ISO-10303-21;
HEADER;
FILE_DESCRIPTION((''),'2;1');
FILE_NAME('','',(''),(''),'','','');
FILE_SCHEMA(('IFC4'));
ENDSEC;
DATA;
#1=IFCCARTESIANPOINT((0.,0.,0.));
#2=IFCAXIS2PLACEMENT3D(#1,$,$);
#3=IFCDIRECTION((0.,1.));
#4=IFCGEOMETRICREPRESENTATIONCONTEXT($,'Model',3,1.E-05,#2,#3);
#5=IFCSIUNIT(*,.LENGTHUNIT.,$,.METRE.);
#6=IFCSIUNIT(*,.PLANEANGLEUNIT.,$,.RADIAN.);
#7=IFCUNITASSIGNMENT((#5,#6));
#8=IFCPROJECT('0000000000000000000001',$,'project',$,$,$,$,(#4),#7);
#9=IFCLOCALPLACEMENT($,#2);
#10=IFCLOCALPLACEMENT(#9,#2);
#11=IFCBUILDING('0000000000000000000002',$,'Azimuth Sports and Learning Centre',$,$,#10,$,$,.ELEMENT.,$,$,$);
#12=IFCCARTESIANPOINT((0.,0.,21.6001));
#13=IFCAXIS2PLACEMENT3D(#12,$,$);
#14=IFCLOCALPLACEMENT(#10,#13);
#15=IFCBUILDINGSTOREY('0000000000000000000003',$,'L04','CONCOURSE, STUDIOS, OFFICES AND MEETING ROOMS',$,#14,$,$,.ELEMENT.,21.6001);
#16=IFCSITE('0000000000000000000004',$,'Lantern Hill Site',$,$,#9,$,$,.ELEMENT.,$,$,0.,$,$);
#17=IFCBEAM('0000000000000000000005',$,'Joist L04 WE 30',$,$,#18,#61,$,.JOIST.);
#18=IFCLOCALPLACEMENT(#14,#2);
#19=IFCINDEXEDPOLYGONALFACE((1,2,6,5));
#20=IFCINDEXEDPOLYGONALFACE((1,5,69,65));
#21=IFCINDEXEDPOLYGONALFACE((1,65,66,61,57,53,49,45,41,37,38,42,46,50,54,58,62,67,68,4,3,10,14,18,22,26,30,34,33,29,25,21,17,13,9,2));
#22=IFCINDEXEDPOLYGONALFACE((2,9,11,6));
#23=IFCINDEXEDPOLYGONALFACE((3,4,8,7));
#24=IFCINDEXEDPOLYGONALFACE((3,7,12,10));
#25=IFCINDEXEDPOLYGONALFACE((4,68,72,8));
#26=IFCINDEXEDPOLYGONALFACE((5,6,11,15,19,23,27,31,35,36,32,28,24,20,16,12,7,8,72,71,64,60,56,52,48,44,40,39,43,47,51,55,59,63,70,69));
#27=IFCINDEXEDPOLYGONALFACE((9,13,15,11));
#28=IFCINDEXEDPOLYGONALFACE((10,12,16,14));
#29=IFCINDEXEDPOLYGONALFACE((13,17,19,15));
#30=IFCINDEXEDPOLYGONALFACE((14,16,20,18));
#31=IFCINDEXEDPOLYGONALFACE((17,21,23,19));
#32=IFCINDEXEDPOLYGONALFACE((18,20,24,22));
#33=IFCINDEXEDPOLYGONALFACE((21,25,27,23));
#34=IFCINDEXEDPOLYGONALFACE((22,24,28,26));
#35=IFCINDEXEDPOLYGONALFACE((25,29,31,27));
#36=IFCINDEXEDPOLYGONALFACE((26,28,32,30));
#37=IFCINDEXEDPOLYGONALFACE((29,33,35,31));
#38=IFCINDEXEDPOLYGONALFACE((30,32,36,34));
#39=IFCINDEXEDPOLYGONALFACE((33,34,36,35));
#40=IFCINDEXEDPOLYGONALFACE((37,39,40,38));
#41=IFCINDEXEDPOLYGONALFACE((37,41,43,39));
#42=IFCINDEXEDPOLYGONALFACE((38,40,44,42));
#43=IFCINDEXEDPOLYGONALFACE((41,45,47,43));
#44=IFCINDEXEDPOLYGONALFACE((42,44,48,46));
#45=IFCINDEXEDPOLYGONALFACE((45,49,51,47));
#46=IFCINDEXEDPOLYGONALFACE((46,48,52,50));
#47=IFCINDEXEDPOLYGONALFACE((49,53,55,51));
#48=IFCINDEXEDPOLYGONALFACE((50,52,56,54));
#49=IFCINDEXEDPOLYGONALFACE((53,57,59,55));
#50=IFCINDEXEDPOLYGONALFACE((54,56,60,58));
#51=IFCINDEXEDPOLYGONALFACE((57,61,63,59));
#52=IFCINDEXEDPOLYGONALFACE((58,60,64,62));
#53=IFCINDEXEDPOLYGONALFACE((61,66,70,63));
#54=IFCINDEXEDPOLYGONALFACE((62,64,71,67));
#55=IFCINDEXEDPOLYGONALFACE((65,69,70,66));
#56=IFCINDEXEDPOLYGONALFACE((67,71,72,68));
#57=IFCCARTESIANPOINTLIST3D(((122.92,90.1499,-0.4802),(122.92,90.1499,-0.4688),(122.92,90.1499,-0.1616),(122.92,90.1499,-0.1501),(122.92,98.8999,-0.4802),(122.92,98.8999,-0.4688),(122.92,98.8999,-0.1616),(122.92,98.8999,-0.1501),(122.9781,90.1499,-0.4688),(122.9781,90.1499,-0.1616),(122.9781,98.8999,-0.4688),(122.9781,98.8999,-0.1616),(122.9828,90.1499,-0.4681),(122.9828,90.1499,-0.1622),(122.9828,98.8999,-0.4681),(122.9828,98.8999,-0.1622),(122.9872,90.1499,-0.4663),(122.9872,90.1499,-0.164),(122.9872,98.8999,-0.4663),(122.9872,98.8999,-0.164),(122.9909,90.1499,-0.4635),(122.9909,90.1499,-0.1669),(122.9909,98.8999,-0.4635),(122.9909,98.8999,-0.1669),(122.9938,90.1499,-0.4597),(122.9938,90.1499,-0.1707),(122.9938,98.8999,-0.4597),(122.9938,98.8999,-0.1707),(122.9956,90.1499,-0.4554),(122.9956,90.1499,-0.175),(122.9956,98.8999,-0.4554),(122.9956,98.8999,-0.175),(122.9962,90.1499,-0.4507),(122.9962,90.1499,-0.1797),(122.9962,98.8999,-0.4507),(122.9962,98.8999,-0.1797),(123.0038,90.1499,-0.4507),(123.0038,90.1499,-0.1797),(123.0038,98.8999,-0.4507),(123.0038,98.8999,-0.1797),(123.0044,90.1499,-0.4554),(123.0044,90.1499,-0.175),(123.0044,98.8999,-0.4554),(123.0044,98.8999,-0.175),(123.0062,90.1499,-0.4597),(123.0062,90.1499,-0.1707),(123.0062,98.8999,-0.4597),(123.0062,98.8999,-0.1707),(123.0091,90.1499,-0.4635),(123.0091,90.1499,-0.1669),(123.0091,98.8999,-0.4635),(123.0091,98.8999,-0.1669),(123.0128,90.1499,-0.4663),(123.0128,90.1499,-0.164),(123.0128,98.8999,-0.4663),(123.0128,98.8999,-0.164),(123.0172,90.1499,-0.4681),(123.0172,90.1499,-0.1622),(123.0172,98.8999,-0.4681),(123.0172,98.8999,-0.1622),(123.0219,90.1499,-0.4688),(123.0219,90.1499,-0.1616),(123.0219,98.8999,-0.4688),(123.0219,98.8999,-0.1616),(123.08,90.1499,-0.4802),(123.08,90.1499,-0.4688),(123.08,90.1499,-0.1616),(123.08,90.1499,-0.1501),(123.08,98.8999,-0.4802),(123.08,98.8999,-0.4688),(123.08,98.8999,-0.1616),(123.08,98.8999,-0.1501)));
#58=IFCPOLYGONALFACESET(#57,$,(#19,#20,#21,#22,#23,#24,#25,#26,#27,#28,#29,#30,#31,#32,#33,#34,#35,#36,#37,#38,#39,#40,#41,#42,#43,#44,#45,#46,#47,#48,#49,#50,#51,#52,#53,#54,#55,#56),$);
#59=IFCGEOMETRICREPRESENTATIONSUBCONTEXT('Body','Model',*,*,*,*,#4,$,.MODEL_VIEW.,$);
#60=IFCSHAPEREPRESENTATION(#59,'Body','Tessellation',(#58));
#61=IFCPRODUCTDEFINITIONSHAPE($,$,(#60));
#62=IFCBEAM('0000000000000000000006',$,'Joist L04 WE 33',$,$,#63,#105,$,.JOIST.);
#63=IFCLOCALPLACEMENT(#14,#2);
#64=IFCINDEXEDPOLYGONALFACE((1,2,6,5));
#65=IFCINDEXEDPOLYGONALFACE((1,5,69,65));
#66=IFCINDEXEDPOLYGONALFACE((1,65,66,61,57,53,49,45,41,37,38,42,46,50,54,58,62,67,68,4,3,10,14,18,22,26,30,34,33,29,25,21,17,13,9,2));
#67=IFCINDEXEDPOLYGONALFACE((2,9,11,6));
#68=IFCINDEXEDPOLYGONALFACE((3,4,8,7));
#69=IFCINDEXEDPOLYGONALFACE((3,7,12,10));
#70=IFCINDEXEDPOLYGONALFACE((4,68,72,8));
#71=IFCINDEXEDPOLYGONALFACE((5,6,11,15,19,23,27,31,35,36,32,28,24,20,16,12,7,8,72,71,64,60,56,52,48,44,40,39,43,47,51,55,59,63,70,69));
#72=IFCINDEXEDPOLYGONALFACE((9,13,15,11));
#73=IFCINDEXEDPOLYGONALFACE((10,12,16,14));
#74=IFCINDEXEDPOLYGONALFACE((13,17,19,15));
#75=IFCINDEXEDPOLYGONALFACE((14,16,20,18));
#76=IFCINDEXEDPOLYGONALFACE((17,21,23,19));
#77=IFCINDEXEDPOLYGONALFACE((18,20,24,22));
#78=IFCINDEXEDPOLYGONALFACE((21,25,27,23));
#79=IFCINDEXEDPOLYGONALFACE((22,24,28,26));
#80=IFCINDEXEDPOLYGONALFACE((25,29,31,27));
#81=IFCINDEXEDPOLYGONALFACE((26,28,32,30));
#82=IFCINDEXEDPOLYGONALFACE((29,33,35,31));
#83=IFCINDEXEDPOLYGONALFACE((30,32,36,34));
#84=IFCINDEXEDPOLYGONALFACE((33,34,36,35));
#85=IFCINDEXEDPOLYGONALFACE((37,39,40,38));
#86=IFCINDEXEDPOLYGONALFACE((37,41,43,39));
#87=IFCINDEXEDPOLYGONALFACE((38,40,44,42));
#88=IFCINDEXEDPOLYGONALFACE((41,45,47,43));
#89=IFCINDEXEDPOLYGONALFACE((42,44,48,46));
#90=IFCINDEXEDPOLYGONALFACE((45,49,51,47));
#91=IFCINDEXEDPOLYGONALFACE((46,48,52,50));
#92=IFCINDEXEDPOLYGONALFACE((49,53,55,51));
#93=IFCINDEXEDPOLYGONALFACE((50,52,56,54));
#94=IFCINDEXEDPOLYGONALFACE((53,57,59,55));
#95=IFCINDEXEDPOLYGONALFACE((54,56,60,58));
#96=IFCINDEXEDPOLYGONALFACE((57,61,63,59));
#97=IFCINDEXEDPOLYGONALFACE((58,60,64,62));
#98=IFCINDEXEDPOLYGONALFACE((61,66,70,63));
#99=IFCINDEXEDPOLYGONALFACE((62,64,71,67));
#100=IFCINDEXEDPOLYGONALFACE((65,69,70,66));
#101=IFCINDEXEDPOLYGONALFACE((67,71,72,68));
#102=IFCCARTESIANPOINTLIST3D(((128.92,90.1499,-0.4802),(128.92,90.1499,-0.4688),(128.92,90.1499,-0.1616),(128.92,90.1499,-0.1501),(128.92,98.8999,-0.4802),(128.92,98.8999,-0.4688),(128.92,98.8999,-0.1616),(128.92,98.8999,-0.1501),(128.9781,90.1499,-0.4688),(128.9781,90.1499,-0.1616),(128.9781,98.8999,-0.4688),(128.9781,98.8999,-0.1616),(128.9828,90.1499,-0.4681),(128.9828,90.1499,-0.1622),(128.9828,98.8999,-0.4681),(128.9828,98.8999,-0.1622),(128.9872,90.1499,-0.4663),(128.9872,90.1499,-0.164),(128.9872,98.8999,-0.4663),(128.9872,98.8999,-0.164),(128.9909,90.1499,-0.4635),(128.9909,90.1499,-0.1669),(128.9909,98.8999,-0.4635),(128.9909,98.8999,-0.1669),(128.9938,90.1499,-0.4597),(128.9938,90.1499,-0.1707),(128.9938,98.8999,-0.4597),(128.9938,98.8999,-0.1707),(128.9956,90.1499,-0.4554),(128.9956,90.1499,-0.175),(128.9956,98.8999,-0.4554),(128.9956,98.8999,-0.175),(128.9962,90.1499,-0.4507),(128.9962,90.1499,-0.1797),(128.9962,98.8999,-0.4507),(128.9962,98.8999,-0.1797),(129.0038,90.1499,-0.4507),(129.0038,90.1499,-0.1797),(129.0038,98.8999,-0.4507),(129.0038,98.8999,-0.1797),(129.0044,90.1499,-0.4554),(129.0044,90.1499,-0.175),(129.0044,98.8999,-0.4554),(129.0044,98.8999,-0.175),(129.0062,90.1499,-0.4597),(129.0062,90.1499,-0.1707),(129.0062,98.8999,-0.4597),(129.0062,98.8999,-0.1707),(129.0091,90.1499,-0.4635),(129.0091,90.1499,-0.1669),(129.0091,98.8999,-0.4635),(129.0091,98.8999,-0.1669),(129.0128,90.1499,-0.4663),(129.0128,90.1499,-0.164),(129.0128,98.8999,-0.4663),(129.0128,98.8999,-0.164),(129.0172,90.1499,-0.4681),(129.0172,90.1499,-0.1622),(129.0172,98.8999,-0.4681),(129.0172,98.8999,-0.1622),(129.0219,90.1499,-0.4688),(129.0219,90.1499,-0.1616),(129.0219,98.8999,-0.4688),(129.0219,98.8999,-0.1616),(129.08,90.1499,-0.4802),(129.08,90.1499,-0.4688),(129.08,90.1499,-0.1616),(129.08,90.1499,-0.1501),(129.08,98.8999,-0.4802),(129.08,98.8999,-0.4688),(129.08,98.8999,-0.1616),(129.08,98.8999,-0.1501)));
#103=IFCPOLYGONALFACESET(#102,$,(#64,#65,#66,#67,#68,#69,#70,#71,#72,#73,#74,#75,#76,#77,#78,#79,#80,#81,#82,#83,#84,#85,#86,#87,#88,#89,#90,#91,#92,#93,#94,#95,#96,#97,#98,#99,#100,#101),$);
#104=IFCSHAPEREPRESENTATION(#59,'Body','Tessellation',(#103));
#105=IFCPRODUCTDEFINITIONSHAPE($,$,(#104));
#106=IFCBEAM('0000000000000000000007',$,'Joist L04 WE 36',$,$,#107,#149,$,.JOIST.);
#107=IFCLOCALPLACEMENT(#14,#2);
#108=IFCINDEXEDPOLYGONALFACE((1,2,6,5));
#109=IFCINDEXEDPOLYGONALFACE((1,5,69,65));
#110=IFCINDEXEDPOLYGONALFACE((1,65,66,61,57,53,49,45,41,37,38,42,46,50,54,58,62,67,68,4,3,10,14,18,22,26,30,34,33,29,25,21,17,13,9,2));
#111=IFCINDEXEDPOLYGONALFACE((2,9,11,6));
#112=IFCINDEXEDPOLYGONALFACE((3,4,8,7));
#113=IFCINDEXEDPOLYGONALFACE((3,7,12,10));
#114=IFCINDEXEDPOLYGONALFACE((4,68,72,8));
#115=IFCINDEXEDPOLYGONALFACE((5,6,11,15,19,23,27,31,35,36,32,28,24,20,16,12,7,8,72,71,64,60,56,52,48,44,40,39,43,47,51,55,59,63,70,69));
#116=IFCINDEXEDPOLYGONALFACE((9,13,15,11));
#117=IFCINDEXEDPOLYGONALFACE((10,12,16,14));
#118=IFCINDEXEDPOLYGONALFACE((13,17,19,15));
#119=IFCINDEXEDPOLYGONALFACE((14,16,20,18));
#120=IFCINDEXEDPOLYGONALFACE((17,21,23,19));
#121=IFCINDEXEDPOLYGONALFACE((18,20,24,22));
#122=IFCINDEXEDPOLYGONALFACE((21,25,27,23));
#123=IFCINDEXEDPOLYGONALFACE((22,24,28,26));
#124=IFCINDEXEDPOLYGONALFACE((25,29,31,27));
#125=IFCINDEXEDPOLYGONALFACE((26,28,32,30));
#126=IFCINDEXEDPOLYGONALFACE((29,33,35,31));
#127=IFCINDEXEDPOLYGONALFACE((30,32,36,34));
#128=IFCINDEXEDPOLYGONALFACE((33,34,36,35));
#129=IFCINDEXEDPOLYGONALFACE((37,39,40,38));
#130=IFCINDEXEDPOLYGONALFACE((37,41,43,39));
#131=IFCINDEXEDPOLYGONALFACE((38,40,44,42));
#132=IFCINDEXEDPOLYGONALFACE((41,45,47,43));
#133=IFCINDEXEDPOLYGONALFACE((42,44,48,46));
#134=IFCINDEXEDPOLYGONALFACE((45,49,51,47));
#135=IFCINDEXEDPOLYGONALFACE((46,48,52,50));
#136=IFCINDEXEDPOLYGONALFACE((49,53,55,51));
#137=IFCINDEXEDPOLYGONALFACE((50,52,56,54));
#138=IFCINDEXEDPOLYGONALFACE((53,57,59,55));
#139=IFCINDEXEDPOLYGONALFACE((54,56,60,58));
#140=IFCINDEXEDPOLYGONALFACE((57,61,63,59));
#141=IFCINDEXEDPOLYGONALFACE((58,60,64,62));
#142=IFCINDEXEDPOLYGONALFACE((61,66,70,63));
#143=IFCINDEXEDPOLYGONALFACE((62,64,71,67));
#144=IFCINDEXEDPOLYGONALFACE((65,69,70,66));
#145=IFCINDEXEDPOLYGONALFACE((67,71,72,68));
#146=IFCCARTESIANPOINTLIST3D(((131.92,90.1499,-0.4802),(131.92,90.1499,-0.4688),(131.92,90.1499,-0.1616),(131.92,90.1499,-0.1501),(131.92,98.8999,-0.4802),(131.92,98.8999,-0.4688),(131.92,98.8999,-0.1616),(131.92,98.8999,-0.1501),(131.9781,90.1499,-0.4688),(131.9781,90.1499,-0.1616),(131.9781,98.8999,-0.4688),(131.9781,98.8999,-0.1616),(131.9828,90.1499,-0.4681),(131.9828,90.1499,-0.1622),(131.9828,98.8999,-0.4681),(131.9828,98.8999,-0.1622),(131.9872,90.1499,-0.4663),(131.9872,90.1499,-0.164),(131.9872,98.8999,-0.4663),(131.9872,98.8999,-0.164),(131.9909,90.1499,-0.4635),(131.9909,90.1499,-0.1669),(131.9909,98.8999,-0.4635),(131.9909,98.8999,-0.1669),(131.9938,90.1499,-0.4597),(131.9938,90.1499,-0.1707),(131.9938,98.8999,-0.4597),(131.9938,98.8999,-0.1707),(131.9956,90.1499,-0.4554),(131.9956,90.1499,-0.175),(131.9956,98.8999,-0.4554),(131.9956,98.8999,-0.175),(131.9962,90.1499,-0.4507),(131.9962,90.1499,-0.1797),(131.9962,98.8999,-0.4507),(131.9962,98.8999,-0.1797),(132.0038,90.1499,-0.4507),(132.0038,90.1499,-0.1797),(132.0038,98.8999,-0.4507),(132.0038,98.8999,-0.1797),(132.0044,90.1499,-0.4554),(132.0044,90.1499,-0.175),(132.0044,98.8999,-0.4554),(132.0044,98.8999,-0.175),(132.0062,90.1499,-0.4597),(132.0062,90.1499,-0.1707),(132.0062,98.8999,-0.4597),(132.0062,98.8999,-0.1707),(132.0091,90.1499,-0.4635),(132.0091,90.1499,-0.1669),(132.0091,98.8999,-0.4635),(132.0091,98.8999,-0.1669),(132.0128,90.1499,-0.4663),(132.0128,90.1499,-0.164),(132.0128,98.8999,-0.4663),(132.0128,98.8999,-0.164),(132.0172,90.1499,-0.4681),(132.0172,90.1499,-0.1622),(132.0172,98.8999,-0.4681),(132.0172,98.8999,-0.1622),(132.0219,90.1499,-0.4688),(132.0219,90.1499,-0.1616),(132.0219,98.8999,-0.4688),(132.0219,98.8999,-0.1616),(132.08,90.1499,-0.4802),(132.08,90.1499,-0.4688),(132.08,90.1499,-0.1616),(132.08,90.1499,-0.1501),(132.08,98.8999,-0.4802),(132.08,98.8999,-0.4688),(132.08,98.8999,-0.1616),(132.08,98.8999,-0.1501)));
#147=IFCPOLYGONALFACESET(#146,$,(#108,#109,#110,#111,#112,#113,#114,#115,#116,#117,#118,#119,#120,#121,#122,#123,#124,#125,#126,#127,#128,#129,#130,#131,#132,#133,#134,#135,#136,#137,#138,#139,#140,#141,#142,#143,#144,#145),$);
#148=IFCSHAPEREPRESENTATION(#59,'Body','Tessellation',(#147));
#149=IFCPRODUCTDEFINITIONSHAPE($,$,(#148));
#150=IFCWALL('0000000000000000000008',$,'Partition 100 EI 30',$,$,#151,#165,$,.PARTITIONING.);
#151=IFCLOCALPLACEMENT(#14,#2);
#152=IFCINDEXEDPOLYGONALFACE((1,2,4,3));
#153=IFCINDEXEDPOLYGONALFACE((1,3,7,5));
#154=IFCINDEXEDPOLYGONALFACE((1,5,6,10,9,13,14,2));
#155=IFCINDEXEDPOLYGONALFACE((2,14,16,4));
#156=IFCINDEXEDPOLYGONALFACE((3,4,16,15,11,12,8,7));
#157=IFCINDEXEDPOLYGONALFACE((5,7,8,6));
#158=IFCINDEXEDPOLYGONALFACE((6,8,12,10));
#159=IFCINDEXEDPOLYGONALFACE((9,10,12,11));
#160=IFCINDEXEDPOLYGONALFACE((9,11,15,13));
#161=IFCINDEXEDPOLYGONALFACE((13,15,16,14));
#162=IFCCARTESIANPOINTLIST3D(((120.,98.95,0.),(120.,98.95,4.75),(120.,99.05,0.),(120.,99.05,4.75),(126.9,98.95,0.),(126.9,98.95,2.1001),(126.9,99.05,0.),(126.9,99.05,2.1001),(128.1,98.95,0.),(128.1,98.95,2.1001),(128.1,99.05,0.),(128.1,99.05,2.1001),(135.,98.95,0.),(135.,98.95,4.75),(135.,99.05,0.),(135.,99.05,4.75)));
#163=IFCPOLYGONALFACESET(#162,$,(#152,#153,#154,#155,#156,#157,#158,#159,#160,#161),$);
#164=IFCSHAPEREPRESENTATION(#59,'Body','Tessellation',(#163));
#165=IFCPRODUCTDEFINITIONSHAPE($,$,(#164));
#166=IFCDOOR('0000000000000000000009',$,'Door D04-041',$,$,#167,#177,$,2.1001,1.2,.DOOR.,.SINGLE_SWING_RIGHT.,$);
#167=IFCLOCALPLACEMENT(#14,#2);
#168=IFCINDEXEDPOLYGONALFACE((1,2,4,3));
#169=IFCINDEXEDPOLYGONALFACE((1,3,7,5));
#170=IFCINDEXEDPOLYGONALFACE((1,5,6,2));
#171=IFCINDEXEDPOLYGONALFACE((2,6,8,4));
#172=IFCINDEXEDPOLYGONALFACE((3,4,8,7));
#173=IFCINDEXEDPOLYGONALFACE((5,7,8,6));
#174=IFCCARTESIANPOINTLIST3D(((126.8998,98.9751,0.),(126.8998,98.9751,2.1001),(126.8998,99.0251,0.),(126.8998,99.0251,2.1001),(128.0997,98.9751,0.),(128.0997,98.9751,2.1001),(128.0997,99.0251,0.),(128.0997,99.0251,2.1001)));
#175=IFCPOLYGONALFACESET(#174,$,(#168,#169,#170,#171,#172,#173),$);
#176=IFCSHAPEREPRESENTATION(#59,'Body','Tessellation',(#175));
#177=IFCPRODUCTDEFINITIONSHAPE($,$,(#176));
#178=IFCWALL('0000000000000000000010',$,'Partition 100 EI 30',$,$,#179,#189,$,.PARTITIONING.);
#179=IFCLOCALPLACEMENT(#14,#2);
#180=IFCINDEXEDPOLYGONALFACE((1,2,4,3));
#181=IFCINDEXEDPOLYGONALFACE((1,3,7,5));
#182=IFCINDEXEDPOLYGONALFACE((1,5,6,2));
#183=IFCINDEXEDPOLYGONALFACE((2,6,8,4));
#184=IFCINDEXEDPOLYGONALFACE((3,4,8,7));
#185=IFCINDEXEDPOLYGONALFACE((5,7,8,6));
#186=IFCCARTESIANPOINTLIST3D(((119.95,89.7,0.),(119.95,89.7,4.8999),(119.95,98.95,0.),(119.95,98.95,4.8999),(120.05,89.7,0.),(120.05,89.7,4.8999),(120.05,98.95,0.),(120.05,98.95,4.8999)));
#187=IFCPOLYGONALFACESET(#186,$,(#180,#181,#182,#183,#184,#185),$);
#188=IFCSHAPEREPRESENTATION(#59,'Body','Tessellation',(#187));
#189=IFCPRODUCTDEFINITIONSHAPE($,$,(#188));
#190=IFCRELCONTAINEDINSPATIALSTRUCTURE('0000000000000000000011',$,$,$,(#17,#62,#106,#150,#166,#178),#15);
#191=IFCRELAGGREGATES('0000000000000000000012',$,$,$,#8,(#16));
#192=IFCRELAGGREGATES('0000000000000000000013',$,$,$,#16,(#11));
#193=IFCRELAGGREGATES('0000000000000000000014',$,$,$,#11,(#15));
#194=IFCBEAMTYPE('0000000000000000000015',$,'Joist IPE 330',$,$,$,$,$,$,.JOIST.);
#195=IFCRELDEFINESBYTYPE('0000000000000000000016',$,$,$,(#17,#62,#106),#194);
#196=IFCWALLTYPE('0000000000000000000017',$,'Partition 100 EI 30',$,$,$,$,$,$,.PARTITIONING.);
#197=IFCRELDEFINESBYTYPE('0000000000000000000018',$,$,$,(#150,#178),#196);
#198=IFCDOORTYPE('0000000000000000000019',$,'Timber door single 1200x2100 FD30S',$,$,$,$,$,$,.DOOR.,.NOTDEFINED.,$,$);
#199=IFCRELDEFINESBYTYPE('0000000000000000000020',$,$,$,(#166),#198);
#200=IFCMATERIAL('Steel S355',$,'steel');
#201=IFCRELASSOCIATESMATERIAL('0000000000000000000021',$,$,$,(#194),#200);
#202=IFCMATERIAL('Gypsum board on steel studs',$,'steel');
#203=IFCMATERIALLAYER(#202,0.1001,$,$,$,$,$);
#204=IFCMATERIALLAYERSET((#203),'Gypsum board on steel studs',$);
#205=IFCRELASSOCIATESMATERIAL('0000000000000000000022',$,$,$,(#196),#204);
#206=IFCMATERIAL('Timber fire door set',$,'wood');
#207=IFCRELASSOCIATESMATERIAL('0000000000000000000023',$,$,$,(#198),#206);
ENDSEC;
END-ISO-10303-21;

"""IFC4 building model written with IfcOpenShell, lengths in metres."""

from ifc_helpers import new_model, si_unit, direction, frame, frame_2d, origin, origin_2d, place, context, subcontext, project, spatial, rectangle, i_section, extrude, material, layer, layer_set, material_profile, profile_set, type_object, element, fill, save


model = new_model("IFC4")

# Units and contexts
model_context = context("Model", 3, precision=1e-05, world=origin(), true_north=direction((0.0, 1.0)))
body_context = subcontext(model_context, "Body", "Model", "MODEL_VIEW")
ifc_project = project(units=[si_unit("LENGTHUNIT", "METRE"), si_unit("PLANEANGLEUNIT", "RADIAN")], contexts=[model_context])

# Site, building, storey
site_placement = place(None, origin())
site = spatial("IfcSite", under=ifc_project, at=site_placement, Name="Lantern Hill Site", CompositionType="ELEMENT", RefElevation=0.0)
building_placement = place(site_placement, origin())
building = spatial("IfcBuilding", under=site, at=building_placement, Name="Azimuth Sports and Learning Centre", CompositionType="ELEMENT")
storey_placement = place(building_placement, frame((0.0, 0.0, 21.6001)))
storey = spatial("IfcBuildingStorey", under=building, at=storey_placement, Name="L04", Description="CONCOURSE, STUDIOS, OFFICES AND MEETING ROOMS", CompositionType="ELEMENT", Elevation=21.6001)

# Beams
ifc_material_1 = material(Name="Steel S355", Category="steel")
ifc_material_profile_1 = material_profile(ifc_material_1, i_section(OverallWidth=0.1599, OverallDepth=0.3301, WebThickness=0.0076, FlangeThickness=0.0115, FilletRadius=0.0181, at=origin_2d()), Name="IPE 330")
ifc_profile_set_1 = profile_set([ifc_material_profile_1], Name="Steel S355")
beam_type_1 = type_object("IfcBeamType", Name="Joist IPE 330", PredefinedType="JOIST", material=ifc_profile_set_1)
for number, where, z_axis, x_axis, name in (
    (1, (123.0, 90.1499, -0.3152), (0.0, 1.0, 0.0), (-1.0, 0.0, 0.0), "Joist L04 WE 30"),
    (2, (129.0, 90.1499, -0.3152), (0.0, 1.0, 0.0), (-1.0, 0.0, 0.0), "Joist L04 WE 33"),
    (3, (132.0, 90.1499, -0.3152), (0.0, 1.0, 0.0), (-1.0, 0.0, 0.0), "Joist L04 WE 36"),
):
    element("IfcBeam", number, at=place(storey_placement, frame(where, z_axis=z_axis, x_axis=x_axis)), inside=storey, type_object=beam_type_1, Name=name, PredefinedType="JOIST", context=body_context, shape_type="SweptSolid", body=[
        extrude(i_section(OverallWidth=0.1599, OverallDepth=0.3301, WebThickness=0.0076, FlangeThickness=0.0115, FilletRadius=0.0181, at=origin_2d()), origin(), (0.0, 0.0, 1.0), 8.75),
    ])

# Wall, opening, door
ifc_material_2 = material(Name="Gypsum board on steel studs", Category="steel")
ifc_layer_1 = layer(ifc_material_2, 0.1001)
ifc_layer_set_1 = layer_set([ifc_layer_1], Name="Gypsum board on steel studs")
wall_type_1 = type_object("IfcWallType", Name="Partition 100 EI 30", PredefinedType="PARTITIONING", material=ifc_layer_set_1)
wall_1_placement = place(storey_placement, frame((120.0, 99.0, 0.0), z_axis=(0.0, 0.0, 1.0), x_axis=(1.0, 0.0, 0.0)))
wall_1 = element("IfcWall", 4, at=wall_1_placement, inside=storey, type_object=wall_type_1, Name="Partition 100 EI 30", PredefinedType="PARTITIONING", context=body_context, shape_type="SweptSolid", body=[
    extrude(rectangle(XDim=15.0, YDim=0.1001, at=frame_2d((7.5, 0.0))), origin(), (0.0, 0.0, 1.0), 4.75),
])
opening_1_placement = place(wall_1_placement, frame((6.8999, 0.0, 0.0)))
opening_1 = element("IfcOpeningElement", 5, at=opening_1_placement, cuts=wall_1, PredefinedType="OPENING", context=body_context, shape_type="SweptSolid", body=[
    extrude(rectangle(XDim=1.2, YDim=2.1001, at=frame_2d((0.6001, 1.05))), frame((0.0, 0.061, 0.0), z_axis=(0.0, -1.0, 0.0), x_axis=(1.0, 0.0, 0.0)), (0.0, 0.0, 1.0), 0.1221),
])
ifc_material_3 = material(Name="Timber fire door set", Category="wood")
door_type_1 = type_object("IfcDoorType", Name="Timber door single 1200x2100 FD30S", OperationType="NOTDEFINED", PredefinedType="DOOR", material=ifc_material_3)
door_1_placement = place(opening_1_placement, frame((1.2, 0.0, 0.0), z_axis=(0.0, 0.0, 1.0), x_axis=(-1.0, 0.0, 0.0)))
door_1 = element("IfcDoor", 6, at=door_1_placement, inside=storey, type_object=door_type_1, Name="Door D04-041", OperationType="SINGLE_SWING_RIGHT", OverallHeight=2.1001, OverallWidth=1.2, PredefinedType="DOOR", context=body_context, shape_type="SweptSolid", body=[
    extrude(rectangle(XDim=1.2, YDim=2.1001, at=frame_2d((0.6001, 1.05))), frame((0.0, 0.0249, 0.0), z_axis=(0.0, -1.0, 0.0), x_axis=(1.0, 0.0, 0.0)), (0.0, 0.0, 1.0), 0.05),
])
fill(opening_1, door_1)

# Wall
wall_2_placement = place(storey_placement, frame((120.0, 89.7, 0.0), z_axis=(0.0, 0.0, 1.0), x_axis=(0.0, 1.0, 0.0)))
element("IfcWall", 7, at=wall_2_placement, inside=storey, type_object=wall_type_1, Name="Partition 100 EI 30", PredefinedType="PARTITIONING", context=body_context, shape_type="SweptSolid", body=[
    extrude(rectangle(XDim=9.25, YDim=0.1001, at=frame_2d((4.625, 0.0))), origin(), (0.0, 0.0, 1.0), 4.8999),
])

save(model, "model.ifc")
